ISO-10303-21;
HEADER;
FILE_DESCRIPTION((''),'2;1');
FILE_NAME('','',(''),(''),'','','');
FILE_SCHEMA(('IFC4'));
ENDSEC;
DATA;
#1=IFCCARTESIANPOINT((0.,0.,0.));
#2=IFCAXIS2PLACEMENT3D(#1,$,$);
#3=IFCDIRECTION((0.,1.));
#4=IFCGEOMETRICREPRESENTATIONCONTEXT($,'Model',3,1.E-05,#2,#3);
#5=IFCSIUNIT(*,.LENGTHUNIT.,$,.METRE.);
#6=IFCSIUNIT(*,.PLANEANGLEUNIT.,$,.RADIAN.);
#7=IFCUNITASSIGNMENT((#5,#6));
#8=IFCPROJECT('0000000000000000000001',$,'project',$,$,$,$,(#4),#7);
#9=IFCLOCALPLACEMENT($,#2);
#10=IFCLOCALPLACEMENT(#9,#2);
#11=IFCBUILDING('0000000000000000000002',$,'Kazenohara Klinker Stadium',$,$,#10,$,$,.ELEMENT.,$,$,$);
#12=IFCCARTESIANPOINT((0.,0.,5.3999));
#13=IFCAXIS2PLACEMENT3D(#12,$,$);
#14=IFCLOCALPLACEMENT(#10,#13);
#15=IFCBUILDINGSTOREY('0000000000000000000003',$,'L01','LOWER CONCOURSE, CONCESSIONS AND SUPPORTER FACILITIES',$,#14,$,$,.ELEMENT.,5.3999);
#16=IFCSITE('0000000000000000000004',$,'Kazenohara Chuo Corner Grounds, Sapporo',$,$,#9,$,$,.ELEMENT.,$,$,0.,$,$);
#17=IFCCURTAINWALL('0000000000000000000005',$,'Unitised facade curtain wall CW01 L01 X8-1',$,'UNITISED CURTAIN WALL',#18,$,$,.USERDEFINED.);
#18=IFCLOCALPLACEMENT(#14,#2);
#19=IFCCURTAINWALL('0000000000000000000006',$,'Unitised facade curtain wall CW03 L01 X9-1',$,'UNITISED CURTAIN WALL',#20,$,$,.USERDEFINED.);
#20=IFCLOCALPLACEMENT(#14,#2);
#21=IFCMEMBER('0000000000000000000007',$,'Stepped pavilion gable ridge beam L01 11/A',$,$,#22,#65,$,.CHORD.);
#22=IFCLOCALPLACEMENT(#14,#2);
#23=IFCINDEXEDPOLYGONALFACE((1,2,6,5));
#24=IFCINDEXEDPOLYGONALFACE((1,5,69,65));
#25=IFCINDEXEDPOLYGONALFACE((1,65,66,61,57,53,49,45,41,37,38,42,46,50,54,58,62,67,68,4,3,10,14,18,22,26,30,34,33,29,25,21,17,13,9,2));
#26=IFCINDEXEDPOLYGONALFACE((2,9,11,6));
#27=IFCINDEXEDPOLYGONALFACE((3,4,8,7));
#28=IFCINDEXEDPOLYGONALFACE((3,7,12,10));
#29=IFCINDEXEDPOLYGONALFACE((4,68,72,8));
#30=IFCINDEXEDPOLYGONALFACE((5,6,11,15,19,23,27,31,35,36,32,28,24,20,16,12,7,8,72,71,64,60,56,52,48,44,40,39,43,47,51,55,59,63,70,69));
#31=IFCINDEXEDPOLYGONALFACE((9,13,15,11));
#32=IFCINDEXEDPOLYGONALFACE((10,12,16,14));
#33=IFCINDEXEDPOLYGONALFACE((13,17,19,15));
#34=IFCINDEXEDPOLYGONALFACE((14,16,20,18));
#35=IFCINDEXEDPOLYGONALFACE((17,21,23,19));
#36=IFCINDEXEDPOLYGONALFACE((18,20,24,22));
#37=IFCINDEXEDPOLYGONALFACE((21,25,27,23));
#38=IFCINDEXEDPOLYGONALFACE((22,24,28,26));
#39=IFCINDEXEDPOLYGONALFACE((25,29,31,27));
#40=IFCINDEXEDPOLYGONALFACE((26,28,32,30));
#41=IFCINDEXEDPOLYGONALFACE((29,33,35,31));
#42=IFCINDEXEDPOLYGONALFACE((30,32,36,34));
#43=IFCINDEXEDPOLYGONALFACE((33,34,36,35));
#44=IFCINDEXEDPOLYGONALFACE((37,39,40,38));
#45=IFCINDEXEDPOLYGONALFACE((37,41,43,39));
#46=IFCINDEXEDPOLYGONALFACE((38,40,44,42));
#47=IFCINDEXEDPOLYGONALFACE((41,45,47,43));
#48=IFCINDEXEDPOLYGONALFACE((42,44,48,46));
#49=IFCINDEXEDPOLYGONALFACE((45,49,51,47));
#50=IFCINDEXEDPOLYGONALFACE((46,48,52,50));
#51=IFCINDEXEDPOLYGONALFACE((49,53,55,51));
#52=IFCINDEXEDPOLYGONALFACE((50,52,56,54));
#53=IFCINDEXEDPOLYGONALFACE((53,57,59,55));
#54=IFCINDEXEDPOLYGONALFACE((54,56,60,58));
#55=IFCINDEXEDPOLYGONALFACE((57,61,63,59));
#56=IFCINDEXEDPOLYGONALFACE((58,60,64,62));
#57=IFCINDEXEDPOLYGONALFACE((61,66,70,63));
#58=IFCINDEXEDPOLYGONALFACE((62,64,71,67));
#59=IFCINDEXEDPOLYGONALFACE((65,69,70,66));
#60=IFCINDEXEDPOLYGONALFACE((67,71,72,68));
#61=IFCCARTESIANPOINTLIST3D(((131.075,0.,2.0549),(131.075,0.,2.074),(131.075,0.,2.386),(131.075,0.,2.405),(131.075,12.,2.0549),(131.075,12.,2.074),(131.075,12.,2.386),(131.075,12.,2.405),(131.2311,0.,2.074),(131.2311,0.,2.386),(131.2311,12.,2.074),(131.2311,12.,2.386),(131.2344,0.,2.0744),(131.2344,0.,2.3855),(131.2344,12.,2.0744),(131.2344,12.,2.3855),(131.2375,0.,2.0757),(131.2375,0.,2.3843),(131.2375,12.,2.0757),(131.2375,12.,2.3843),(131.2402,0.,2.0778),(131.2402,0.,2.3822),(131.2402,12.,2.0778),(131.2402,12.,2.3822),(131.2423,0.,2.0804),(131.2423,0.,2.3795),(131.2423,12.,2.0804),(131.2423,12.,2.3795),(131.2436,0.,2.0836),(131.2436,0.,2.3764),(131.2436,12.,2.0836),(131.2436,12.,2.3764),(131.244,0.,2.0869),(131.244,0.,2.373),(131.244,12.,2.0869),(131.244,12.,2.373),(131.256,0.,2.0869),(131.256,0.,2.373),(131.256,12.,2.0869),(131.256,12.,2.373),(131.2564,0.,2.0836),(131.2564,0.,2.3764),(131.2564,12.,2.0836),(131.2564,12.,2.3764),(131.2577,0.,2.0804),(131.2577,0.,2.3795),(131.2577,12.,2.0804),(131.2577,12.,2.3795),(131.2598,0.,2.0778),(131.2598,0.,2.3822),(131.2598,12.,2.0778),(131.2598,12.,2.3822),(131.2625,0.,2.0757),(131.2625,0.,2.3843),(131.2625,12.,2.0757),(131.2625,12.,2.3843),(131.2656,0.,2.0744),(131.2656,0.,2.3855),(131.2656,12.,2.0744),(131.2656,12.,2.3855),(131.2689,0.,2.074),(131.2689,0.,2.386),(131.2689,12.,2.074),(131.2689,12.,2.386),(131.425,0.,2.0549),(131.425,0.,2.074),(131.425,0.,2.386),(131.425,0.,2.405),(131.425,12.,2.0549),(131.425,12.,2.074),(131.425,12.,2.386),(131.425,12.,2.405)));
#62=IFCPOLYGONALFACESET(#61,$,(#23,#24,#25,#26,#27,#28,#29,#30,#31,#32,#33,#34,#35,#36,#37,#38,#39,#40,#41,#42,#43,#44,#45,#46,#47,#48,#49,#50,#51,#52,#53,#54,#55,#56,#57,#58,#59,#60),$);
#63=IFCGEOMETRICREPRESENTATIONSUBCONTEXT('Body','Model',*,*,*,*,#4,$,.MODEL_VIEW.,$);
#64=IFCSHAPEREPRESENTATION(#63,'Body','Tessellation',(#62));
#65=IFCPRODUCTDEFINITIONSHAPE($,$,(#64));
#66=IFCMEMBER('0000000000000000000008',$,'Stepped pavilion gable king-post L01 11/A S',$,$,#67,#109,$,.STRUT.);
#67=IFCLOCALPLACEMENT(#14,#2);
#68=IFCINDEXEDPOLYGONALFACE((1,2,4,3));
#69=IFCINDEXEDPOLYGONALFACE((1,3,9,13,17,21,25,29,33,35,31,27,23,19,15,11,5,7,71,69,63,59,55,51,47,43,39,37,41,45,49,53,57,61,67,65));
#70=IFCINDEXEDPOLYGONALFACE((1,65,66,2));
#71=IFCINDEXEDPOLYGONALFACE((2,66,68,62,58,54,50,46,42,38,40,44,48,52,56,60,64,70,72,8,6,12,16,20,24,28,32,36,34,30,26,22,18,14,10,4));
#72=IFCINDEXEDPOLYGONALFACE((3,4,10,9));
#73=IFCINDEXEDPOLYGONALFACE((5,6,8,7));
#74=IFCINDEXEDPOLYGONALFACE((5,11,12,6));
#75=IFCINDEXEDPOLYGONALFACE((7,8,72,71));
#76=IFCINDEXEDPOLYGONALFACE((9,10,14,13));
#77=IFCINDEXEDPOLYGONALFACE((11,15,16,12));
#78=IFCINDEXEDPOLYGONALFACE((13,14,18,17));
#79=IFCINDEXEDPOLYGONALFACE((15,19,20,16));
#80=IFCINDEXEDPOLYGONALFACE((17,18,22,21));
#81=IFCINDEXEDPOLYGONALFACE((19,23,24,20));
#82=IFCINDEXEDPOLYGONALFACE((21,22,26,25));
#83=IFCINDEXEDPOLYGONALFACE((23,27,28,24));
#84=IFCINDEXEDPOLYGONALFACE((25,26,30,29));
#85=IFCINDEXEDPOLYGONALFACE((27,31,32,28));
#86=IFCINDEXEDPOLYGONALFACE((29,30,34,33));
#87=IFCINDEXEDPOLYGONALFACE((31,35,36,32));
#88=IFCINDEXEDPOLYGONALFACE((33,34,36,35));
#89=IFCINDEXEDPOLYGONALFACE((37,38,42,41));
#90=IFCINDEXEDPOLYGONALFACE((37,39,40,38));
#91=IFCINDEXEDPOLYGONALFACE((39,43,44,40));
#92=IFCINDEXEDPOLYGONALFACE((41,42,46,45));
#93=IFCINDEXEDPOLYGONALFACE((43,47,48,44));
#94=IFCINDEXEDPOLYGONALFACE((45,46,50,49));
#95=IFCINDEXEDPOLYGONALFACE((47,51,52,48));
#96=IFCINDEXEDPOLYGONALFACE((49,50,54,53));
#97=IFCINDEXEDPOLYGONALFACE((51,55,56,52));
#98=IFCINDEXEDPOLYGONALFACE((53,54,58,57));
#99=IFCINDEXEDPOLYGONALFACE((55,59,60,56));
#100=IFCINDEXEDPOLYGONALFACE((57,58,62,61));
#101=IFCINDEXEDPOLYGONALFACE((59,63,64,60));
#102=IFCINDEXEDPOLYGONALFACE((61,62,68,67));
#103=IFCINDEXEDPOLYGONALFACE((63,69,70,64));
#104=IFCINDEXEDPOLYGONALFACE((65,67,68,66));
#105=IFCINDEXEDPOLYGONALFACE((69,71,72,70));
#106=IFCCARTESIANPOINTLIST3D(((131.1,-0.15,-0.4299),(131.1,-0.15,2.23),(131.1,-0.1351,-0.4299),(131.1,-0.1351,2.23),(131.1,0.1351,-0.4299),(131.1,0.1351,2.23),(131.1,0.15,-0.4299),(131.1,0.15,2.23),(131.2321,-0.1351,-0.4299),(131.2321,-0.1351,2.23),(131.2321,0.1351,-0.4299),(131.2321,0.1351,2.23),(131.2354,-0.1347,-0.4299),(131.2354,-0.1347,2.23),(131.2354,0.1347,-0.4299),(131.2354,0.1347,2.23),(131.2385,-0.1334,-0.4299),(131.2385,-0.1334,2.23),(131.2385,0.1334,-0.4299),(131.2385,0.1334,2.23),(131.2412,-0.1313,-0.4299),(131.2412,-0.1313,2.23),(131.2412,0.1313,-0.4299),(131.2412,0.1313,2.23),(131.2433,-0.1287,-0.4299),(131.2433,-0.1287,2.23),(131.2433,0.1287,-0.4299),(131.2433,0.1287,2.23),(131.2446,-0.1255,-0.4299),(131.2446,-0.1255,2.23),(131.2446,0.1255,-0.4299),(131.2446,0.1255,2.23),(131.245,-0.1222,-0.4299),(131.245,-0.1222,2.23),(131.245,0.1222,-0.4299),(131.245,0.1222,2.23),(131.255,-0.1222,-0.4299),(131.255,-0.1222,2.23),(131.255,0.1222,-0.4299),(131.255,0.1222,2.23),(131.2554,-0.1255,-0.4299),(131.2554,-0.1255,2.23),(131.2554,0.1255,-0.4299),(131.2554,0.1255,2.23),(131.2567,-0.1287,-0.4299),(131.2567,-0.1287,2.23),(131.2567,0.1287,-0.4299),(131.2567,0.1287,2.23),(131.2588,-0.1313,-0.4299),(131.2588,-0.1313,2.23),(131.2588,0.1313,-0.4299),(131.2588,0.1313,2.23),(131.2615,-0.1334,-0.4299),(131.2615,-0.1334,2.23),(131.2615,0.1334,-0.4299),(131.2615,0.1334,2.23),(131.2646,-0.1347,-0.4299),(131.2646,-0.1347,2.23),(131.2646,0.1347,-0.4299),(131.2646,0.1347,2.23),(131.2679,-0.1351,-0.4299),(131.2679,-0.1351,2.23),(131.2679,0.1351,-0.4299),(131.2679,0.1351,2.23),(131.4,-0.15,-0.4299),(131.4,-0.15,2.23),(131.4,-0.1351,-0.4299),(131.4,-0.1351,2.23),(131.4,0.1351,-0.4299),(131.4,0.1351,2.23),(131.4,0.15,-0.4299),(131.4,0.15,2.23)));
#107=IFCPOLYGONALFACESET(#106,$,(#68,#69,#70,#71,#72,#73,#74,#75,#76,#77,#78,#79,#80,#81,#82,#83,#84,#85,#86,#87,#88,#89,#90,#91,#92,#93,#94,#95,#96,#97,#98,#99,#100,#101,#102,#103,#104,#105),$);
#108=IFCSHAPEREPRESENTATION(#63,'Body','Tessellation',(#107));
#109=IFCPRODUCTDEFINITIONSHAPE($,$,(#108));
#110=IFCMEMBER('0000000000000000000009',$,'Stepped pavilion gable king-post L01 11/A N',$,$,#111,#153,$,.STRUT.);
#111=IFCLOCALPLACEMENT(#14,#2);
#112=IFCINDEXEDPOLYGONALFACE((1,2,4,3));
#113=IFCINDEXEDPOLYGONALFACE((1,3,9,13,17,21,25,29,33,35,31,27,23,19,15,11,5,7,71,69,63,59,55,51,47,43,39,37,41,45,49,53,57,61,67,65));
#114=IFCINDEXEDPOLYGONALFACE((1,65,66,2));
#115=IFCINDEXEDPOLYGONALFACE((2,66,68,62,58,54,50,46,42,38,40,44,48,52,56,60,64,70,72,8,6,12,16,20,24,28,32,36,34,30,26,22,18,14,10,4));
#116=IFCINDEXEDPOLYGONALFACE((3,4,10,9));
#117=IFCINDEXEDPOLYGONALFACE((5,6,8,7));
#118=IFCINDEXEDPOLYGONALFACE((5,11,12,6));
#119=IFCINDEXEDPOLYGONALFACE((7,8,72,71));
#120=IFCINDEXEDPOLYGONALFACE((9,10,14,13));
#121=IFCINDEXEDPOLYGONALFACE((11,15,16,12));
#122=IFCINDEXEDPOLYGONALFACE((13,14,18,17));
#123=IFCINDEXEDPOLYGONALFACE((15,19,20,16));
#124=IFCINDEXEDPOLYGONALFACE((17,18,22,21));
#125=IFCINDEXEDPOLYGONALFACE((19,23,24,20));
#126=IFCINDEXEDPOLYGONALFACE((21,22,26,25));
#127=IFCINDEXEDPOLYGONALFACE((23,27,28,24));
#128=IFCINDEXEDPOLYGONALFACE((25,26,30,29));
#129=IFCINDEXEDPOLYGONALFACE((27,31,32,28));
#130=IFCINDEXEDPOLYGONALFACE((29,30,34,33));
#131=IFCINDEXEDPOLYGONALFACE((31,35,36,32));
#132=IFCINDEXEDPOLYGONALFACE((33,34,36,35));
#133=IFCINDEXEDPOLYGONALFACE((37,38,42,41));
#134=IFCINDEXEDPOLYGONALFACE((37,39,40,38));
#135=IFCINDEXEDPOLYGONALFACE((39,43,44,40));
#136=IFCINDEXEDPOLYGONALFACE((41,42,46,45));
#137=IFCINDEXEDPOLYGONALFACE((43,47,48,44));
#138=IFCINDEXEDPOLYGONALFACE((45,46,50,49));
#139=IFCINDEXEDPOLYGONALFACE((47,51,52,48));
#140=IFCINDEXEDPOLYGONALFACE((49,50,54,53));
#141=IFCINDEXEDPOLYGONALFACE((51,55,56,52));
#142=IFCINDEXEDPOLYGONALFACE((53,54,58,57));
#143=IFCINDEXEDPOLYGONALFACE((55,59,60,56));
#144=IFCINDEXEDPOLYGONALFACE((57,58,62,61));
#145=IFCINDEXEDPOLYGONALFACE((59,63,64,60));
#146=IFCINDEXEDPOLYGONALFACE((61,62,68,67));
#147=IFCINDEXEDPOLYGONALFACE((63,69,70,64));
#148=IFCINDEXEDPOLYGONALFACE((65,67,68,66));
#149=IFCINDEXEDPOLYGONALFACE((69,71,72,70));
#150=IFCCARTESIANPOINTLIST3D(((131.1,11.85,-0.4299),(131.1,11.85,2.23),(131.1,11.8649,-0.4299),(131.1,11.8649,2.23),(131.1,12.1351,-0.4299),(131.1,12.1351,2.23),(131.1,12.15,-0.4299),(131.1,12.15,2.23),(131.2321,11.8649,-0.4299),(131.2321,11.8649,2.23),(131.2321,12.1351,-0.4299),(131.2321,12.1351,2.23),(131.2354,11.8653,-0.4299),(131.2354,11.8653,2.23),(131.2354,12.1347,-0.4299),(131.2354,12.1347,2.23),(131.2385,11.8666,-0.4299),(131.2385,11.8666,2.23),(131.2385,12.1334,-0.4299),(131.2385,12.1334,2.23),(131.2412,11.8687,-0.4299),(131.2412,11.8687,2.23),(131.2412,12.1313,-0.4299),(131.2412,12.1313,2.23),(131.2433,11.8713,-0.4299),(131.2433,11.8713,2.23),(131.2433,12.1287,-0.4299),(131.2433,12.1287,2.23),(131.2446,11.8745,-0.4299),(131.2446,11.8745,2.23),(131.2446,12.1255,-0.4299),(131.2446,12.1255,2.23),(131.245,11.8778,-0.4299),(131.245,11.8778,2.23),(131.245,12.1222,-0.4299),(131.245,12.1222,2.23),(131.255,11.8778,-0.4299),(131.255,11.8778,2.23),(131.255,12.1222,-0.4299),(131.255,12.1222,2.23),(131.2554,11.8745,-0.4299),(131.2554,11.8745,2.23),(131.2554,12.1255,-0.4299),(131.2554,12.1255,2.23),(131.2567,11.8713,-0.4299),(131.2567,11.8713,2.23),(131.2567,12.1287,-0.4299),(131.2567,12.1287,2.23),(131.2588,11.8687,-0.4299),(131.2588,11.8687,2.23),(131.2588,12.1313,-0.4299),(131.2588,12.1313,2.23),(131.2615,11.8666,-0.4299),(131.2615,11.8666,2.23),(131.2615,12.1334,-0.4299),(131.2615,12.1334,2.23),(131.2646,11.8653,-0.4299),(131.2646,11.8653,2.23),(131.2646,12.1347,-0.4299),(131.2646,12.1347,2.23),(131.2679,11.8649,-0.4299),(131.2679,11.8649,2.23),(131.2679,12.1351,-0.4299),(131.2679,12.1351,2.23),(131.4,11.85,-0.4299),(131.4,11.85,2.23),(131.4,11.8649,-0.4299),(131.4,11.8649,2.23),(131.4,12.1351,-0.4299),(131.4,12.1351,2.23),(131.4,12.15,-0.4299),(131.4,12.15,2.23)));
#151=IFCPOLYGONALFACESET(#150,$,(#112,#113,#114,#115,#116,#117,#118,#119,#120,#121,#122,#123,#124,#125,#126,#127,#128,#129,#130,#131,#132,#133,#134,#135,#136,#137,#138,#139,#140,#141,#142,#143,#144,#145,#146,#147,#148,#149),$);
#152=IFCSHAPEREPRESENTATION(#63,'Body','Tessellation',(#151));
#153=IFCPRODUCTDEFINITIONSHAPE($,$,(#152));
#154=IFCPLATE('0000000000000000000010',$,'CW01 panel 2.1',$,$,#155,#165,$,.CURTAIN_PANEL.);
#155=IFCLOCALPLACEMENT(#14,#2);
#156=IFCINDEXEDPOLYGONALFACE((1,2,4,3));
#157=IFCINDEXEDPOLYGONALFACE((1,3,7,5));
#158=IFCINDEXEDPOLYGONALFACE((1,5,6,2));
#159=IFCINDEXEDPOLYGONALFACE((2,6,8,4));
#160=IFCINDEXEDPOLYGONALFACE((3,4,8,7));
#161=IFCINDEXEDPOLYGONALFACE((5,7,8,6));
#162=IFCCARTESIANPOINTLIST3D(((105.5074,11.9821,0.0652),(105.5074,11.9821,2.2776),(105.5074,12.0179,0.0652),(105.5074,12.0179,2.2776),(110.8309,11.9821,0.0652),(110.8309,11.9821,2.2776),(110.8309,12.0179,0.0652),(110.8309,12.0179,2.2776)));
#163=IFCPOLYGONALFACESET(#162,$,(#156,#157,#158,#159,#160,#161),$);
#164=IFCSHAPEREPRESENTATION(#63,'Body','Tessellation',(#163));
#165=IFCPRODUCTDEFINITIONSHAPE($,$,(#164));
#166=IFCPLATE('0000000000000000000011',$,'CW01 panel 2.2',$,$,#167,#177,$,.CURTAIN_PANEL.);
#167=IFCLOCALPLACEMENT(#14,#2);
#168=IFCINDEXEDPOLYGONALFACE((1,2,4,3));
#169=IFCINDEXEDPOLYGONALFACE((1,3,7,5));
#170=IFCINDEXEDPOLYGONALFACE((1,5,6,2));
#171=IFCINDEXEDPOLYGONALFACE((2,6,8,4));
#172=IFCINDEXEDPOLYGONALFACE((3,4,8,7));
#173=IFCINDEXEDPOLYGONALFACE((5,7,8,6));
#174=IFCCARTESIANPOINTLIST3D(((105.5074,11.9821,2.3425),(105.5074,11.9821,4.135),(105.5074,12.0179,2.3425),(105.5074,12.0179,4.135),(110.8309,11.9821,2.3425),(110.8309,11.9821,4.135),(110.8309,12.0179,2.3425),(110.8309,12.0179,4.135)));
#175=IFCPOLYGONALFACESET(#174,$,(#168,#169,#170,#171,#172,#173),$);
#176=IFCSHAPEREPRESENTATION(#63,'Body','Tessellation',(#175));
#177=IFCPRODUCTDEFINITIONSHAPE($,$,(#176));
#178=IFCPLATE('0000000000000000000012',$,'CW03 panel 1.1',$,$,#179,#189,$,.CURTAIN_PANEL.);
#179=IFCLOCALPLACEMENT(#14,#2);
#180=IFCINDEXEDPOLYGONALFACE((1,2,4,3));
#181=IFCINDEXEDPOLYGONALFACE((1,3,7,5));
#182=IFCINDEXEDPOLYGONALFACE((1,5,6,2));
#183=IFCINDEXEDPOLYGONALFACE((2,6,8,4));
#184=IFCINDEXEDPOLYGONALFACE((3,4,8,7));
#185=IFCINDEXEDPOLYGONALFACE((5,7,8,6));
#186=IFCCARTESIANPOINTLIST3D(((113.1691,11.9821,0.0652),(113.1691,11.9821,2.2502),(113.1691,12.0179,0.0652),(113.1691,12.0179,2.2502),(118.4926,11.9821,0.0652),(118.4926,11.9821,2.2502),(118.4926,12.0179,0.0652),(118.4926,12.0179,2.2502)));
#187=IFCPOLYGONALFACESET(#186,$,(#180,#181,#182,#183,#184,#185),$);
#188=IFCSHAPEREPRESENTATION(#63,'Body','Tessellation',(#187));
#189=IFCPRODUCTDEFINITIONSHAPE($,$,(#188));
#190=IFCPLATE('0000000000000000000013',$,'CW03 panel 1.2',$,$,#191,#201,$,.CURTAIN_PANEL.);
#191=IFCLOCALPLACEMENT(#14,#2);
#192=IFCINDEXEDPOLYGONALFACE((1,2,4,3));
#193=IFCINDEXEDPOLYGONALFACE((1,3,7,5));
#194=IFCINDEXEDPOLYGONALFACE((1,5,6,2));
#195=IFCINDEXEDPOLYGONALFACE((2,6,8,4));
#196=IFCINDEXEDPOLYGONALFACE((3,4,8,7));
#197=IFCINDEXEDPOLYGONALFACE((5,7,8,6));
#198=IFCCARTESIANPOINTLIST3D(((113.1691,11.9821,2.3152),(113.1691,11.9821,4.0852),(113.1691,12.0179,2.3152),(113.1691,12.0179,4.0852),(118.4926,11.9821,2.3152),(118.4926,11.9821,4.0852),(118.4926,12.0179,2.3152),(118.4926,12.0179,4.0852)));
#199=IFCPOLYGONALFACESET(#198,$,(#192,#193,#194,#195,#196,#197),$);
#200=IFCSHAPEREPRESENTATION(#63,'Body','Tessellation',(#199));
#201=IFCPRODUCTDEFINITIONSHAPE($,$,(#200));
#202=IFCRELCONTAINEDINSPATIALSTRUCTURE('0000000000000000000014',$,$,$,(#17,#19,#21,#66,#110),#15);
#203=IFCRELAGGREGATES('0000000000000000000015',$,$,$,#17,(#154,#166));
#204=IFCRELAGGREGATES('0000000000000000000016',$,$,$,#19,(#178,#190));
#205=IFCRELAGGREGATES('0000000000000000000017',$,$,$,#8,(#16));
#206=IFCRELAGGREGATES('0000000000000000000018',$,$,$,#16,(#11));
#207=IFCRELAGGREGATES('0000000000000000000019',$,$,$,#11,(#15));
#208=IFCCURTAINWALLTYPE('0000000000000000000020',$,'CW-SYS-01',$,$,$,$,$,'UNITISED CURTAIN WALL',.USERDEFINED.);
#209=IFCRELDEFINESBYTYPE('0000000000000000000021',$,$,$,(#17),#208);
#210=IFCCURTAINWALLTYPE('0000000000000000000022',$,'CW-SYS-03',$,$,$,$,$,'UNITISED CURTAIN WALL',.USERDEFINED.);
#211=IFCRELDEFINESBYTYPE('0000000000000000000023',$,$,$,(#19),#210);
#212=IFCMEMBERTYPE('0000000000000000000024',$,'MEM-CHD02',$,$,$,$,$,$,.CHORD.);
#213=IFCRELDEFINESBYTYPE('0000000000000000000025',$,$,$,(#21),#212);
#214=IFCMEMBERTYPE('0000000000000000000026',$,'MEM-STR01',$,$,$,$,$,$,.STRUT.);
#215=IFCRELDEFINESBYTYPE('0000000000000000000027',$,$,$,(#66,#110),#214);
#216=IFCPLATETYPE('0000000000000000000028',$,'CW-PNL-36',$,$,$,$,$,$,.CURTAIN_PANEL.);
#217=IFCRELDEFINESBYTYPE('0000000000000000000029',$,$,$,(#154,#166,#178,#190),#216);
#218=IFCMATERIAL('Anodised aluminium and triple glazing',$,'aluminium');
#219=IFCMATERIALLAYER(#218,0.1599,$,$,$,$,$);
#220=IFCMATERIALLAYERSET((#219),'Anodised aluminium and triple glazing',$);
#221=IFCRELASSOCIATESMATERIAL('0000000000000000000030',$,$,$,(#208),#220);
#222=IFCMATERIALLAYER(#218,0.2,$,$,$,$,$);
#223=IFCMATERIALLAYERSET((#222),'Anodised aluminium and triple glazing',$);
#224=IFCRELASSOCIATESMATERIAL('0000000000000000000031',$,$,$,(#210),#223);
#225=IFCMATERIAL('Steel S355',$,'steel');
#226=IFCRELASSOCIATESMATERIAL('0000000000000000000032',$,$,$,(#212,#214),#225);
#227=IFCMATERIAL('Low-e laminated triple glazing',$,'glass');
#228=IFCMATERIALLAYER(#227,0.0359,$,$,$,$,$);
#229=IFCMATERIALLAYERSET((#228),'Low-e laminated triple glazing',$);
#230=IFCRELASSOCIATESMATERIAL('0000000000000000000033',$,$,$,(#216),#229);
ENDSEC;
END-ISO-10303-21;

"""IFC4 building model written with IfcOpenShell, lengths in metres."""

from ifc_helpers import new_model, si_unit, direction, frame, origin, origin_2d, place, context, subcontext, project, spatial, rectangle, i_section, extrude, material, layer, layer_set, material_profile, profile_set, type_object, element, aggregate, save


model = new_model("IFC4")

# Units and contexts
model_context = context("Model", 3, precision=1e-05, world=origin(), true_north=direction((0.0, 1.0)))
body_context = subcontext(model_context, "Body", "Model", "MODEL_VIEW")
ifc_project = project(units=[si_unit("LENGTHUNIT", "METRE"), si_unit("PLANEANGLEUNIT", "RADIAN")], contexts=[model_context])

# Site, building, storey
site_placement = place(None, origin())
site = spatial("IfcSite", under=ifc_project, at=site_placement, Name="Kazenohara Chuo Corner Grounds, Sapporo", CompositionType="ELEMENT", RefElevation=0.0)
building_placement = place(site_placement, origin())
building = spatial("IfcBuilding", under=site, at=building_placement, Name="Kazenohara Klinker Stadium", CompositionType="ELEMENT")
storey_placement = place(building_placement, frame((0.0, 0.0, 5.3999)))
storey = spatial("IfcBuildingStorey", under=building, at=storey_placement, Name="L01", Description="LOWER CONCOURSE, CONCESSIONS AND SUPPORTER FACILITIES", CompositionType="ELEMENT", Elevation=5.3999)

# Shared definitions
ifc_material_1 = material(Name="Steel S355", Category="steel")

# Curtain wall
ifc_material_2 = material(Name="Anodised aluminium and triple glazing", Category="aluminium")
ifc_layer_1 = layer(ifc_material_2, 0.1599)
ifc_layer_set_1 = layer_set([ifc_layer_1], Name="Anodised aluminium and triple glazing")
curtain_wall_type_1 = type_object("IfcCurtainWallType", Name="CW-SYS-01", ElementType="UNITISED CURTAIN WALL", PredefinedType="USERDEFINED", material=ifc_layer_set_1)
curtain_wall_1_placement = place(storey_placement, origin())
curtain_wall_1 = element("IfcCurtainWall", 1, at=curtain_wall_1_placement, inside=storey, type_object=curtain_wall_type_1, Name="Unitised facade curtain wall CW01 L01 X8-1", ObjectType="UNITISED CURTAIN WALL", PredefinedType="USERDEFINED")

# Curtain wall
ifc_layer_2 = layer(ifc_material_2, 0.2)
ifc_layer_set_2 = layer_set([ifc_layer_2], Name="Anodised aluminium and triple glazing")
curtain_wall_type_2 = type_object("IfcCurtainWallType", Name="CW-SYS-03", ElementType="UNITISED CURTAIN WALL", PredefinedType="USERDEFINED", material=ifc_layer_set_2)
curtain_wall_2_placement = place(storey_placement, origin())
curtain_wall_2 = element("IfcCurtainWall", 2, at=curtain_wall_2_placement, inside=storey, type_object=curtain_wall_type_2, Name="Unitised facade curtain wall CW03 L01 X9-1", ObjectType="UNITISED CURTAIN WALL", PredefinedType="USERDEFINED")

# Members
ifc_material_profile_1 = material_profile(ifc_material_1, i_section(OverallWidth=0.3501, OverallDepth=0.3501, WebThickness=0.012, FlangeThickness=0.019, FilletRadius=0.0129, at=origin_2d()), Name="H-350x350x12x19")
ifc_profile_set_1 = profile_set([ifc_material_profile_1], Name="Steel S355")
member_type_1 = type_object("IfcMemberType", Name="MEM-CHD02", PredefinedType="CHORD", material=ifc_profile_set_1)
member_1_placement = place(storey_placement, frame((131.25, 0.0, 2.23), z_axis=(0.0, 1.0, 0.0), x_axis=(-1.0, 0.0, 0.0)))
element("IfcMember", 3, at=member_1_placement, inside=storey, type_object=member_type_1, Name="Stepped pavilion gable ridge beam L01 11/A", PredefinedType="CHORD", context=body_context, shape_type="SweptSolid", body=[
    extrude(i_section(OverallWidth=0.3501, OverallDepth=0.3501, WebThickness=0.012, FlangeThickness=0.019, FilletRadius=0.0129, at=origin_2d()), origin(), (0.0, 0.0, 1.0), 12.0),
])
ifc_material_profile_2 = material_profile(ifc_material_1, i_section(OverallWidth=0.3, OverallDepth=0.3, WebThickness=0.01, FlangeThickness=0.0149, FilletRadius=0.0129, at=origin_2d()), Name="H-300x300x10x15")
ifc_profile_set_2 = profile_set([ifc_material_profile_2], Name="Steel S355")
member_type_2 = type_object("IfcMemberType", Name="MEM-STR01", PredefinedType="STRUT", material=ifc_profile_set_2)
for number, where, z_axis, x_axis, name in (
    (4, (131.25, 0.0, -0.4299), (0.0, 0.0, 1.0), (1.0, 0.0, 0.0), "Stepped pavilion gable king-post L01 11/A S"),
    (5, (131.25, 12.0, -0.4299), (0.0, 0.0, 1.0), (1.0, 0.0, 0.0), "Stepped pavilion gable king-post L01 11/A N"),
):
    element("IfcMember", number, at=place(storey_placement, frame(where, z_axis=z_axis, x_axis=x_axis)), inside=storey, type_object=member_type_2, Name=name, PredefinedType="STRUT", context=body_context, shape_type="SweptSolid", body=[
        extrude(i_section(OverallWidth=0.3, OverallDepth=0.3, WebThickness=0.01, FlangeThickness=0.0149, FilletRadius=0.0129, at=origin_2d()), origin(), (0.0, 0.0, 1.0), 2.6599),
    ])

# Plates
ifc_material_3 = material(Name="Low-e laminated triple glazing", Category="glass")
ifc_layer_3 = layer(ifc_material_3, 0.0359)
ifc_layer_set_3 = layer_set([ifc_layer_3], Name="Low-e laminated triple glazing")
plate_type = type_object("IfcPlateType", Name="CW-PNL-36", PredefinedType="CURTAIN_PANEL", material=ifc_layer_set_3)
plate_1_placement = place(storey_placement, frame((108.1692, 12.0, 0.0652), z_axis=(0.0, 0.0, 1.0), x_axis=(1.0, 0.0, 0.0)))
plate_1 = element("IfcPlate", 6, at=plate_1_placement, type_object=plate_type, Name="CW01 panel 2.1", PredefinedType="CURTAIN_PANEL", context=body_context, shape_type="SweptSolid", body=[
    extrude(rectangle(XDim=5.3235, YDim=0.0359, at=origin_2d()), origin(), (0.0, 0.0, 1.0), 2.2124),
])
plate_2_placement = place(storey_placement, frame((108.1692, 12.0, 2.3425), z_axis=(0.0, 0.0, 1.0), x_axis=(1.0, 0.0, 0.0)))
plate_2 = element("IfcPlate", 7, at=plate_2_placement, type_object=plate_type, Name="CW01 panel 2.2", PredefinedType="CURTAIN_PANEL", context=body_context, shape_type="SweptSolid", body=[
    extrude(rectangle(XDim=5.3235, YDim=0.0359, at=origin_2d()), origin(), (0.0, 0.0, 1.0), 1.7925),
])
aggregate(curtain_wall_1, [plate_1, plate_2])
plate_3_placement = place(storey_placement, frame((115.8308, 12.0, 0.0652), z_axis=(0.0, 0.0, 1.0), x_axis=(1.0, 0.0, 0.0)))
plate_3 = element("IfcPlate", 8, at=plate_3_placement, type_object=plate_type, Name="CW03 panel 1.1", PredefinedType="CURTAIN_PANEL", context=body_context, shape_type="SweptSolid", body=[
    extrude(rectangle(XDim=5.3235, YDim=0.0359, at=origin_2d()), origin(), (0.0, 0.0, 1.0), 2.1851),
])
plate_4_placement = place(storey_placement, frame((115.8308, 12.0, 2.3152), z_axis=(0.0, 0.0, 1.0), x_axis=(1.0, 0.0, 0.0)))
plate_4 = element("IfcPlate", 9, at=plate_4_placement, type_object=plate_type, Name="CW03 panel 1.2", PredefinedType="CURTAIN_PANEL", context=body_context, shape_type="SweptSolid", body=[
    extrude(rectangle(XDim=5.3235, YDim=0.0359, at=origin_2d()), origin(), (0.0, 0.0, 1.0), 1.77),
])
aggregate(curtain_wall_2, [plate_3, plate_4])

save(model, "model.ifc")
